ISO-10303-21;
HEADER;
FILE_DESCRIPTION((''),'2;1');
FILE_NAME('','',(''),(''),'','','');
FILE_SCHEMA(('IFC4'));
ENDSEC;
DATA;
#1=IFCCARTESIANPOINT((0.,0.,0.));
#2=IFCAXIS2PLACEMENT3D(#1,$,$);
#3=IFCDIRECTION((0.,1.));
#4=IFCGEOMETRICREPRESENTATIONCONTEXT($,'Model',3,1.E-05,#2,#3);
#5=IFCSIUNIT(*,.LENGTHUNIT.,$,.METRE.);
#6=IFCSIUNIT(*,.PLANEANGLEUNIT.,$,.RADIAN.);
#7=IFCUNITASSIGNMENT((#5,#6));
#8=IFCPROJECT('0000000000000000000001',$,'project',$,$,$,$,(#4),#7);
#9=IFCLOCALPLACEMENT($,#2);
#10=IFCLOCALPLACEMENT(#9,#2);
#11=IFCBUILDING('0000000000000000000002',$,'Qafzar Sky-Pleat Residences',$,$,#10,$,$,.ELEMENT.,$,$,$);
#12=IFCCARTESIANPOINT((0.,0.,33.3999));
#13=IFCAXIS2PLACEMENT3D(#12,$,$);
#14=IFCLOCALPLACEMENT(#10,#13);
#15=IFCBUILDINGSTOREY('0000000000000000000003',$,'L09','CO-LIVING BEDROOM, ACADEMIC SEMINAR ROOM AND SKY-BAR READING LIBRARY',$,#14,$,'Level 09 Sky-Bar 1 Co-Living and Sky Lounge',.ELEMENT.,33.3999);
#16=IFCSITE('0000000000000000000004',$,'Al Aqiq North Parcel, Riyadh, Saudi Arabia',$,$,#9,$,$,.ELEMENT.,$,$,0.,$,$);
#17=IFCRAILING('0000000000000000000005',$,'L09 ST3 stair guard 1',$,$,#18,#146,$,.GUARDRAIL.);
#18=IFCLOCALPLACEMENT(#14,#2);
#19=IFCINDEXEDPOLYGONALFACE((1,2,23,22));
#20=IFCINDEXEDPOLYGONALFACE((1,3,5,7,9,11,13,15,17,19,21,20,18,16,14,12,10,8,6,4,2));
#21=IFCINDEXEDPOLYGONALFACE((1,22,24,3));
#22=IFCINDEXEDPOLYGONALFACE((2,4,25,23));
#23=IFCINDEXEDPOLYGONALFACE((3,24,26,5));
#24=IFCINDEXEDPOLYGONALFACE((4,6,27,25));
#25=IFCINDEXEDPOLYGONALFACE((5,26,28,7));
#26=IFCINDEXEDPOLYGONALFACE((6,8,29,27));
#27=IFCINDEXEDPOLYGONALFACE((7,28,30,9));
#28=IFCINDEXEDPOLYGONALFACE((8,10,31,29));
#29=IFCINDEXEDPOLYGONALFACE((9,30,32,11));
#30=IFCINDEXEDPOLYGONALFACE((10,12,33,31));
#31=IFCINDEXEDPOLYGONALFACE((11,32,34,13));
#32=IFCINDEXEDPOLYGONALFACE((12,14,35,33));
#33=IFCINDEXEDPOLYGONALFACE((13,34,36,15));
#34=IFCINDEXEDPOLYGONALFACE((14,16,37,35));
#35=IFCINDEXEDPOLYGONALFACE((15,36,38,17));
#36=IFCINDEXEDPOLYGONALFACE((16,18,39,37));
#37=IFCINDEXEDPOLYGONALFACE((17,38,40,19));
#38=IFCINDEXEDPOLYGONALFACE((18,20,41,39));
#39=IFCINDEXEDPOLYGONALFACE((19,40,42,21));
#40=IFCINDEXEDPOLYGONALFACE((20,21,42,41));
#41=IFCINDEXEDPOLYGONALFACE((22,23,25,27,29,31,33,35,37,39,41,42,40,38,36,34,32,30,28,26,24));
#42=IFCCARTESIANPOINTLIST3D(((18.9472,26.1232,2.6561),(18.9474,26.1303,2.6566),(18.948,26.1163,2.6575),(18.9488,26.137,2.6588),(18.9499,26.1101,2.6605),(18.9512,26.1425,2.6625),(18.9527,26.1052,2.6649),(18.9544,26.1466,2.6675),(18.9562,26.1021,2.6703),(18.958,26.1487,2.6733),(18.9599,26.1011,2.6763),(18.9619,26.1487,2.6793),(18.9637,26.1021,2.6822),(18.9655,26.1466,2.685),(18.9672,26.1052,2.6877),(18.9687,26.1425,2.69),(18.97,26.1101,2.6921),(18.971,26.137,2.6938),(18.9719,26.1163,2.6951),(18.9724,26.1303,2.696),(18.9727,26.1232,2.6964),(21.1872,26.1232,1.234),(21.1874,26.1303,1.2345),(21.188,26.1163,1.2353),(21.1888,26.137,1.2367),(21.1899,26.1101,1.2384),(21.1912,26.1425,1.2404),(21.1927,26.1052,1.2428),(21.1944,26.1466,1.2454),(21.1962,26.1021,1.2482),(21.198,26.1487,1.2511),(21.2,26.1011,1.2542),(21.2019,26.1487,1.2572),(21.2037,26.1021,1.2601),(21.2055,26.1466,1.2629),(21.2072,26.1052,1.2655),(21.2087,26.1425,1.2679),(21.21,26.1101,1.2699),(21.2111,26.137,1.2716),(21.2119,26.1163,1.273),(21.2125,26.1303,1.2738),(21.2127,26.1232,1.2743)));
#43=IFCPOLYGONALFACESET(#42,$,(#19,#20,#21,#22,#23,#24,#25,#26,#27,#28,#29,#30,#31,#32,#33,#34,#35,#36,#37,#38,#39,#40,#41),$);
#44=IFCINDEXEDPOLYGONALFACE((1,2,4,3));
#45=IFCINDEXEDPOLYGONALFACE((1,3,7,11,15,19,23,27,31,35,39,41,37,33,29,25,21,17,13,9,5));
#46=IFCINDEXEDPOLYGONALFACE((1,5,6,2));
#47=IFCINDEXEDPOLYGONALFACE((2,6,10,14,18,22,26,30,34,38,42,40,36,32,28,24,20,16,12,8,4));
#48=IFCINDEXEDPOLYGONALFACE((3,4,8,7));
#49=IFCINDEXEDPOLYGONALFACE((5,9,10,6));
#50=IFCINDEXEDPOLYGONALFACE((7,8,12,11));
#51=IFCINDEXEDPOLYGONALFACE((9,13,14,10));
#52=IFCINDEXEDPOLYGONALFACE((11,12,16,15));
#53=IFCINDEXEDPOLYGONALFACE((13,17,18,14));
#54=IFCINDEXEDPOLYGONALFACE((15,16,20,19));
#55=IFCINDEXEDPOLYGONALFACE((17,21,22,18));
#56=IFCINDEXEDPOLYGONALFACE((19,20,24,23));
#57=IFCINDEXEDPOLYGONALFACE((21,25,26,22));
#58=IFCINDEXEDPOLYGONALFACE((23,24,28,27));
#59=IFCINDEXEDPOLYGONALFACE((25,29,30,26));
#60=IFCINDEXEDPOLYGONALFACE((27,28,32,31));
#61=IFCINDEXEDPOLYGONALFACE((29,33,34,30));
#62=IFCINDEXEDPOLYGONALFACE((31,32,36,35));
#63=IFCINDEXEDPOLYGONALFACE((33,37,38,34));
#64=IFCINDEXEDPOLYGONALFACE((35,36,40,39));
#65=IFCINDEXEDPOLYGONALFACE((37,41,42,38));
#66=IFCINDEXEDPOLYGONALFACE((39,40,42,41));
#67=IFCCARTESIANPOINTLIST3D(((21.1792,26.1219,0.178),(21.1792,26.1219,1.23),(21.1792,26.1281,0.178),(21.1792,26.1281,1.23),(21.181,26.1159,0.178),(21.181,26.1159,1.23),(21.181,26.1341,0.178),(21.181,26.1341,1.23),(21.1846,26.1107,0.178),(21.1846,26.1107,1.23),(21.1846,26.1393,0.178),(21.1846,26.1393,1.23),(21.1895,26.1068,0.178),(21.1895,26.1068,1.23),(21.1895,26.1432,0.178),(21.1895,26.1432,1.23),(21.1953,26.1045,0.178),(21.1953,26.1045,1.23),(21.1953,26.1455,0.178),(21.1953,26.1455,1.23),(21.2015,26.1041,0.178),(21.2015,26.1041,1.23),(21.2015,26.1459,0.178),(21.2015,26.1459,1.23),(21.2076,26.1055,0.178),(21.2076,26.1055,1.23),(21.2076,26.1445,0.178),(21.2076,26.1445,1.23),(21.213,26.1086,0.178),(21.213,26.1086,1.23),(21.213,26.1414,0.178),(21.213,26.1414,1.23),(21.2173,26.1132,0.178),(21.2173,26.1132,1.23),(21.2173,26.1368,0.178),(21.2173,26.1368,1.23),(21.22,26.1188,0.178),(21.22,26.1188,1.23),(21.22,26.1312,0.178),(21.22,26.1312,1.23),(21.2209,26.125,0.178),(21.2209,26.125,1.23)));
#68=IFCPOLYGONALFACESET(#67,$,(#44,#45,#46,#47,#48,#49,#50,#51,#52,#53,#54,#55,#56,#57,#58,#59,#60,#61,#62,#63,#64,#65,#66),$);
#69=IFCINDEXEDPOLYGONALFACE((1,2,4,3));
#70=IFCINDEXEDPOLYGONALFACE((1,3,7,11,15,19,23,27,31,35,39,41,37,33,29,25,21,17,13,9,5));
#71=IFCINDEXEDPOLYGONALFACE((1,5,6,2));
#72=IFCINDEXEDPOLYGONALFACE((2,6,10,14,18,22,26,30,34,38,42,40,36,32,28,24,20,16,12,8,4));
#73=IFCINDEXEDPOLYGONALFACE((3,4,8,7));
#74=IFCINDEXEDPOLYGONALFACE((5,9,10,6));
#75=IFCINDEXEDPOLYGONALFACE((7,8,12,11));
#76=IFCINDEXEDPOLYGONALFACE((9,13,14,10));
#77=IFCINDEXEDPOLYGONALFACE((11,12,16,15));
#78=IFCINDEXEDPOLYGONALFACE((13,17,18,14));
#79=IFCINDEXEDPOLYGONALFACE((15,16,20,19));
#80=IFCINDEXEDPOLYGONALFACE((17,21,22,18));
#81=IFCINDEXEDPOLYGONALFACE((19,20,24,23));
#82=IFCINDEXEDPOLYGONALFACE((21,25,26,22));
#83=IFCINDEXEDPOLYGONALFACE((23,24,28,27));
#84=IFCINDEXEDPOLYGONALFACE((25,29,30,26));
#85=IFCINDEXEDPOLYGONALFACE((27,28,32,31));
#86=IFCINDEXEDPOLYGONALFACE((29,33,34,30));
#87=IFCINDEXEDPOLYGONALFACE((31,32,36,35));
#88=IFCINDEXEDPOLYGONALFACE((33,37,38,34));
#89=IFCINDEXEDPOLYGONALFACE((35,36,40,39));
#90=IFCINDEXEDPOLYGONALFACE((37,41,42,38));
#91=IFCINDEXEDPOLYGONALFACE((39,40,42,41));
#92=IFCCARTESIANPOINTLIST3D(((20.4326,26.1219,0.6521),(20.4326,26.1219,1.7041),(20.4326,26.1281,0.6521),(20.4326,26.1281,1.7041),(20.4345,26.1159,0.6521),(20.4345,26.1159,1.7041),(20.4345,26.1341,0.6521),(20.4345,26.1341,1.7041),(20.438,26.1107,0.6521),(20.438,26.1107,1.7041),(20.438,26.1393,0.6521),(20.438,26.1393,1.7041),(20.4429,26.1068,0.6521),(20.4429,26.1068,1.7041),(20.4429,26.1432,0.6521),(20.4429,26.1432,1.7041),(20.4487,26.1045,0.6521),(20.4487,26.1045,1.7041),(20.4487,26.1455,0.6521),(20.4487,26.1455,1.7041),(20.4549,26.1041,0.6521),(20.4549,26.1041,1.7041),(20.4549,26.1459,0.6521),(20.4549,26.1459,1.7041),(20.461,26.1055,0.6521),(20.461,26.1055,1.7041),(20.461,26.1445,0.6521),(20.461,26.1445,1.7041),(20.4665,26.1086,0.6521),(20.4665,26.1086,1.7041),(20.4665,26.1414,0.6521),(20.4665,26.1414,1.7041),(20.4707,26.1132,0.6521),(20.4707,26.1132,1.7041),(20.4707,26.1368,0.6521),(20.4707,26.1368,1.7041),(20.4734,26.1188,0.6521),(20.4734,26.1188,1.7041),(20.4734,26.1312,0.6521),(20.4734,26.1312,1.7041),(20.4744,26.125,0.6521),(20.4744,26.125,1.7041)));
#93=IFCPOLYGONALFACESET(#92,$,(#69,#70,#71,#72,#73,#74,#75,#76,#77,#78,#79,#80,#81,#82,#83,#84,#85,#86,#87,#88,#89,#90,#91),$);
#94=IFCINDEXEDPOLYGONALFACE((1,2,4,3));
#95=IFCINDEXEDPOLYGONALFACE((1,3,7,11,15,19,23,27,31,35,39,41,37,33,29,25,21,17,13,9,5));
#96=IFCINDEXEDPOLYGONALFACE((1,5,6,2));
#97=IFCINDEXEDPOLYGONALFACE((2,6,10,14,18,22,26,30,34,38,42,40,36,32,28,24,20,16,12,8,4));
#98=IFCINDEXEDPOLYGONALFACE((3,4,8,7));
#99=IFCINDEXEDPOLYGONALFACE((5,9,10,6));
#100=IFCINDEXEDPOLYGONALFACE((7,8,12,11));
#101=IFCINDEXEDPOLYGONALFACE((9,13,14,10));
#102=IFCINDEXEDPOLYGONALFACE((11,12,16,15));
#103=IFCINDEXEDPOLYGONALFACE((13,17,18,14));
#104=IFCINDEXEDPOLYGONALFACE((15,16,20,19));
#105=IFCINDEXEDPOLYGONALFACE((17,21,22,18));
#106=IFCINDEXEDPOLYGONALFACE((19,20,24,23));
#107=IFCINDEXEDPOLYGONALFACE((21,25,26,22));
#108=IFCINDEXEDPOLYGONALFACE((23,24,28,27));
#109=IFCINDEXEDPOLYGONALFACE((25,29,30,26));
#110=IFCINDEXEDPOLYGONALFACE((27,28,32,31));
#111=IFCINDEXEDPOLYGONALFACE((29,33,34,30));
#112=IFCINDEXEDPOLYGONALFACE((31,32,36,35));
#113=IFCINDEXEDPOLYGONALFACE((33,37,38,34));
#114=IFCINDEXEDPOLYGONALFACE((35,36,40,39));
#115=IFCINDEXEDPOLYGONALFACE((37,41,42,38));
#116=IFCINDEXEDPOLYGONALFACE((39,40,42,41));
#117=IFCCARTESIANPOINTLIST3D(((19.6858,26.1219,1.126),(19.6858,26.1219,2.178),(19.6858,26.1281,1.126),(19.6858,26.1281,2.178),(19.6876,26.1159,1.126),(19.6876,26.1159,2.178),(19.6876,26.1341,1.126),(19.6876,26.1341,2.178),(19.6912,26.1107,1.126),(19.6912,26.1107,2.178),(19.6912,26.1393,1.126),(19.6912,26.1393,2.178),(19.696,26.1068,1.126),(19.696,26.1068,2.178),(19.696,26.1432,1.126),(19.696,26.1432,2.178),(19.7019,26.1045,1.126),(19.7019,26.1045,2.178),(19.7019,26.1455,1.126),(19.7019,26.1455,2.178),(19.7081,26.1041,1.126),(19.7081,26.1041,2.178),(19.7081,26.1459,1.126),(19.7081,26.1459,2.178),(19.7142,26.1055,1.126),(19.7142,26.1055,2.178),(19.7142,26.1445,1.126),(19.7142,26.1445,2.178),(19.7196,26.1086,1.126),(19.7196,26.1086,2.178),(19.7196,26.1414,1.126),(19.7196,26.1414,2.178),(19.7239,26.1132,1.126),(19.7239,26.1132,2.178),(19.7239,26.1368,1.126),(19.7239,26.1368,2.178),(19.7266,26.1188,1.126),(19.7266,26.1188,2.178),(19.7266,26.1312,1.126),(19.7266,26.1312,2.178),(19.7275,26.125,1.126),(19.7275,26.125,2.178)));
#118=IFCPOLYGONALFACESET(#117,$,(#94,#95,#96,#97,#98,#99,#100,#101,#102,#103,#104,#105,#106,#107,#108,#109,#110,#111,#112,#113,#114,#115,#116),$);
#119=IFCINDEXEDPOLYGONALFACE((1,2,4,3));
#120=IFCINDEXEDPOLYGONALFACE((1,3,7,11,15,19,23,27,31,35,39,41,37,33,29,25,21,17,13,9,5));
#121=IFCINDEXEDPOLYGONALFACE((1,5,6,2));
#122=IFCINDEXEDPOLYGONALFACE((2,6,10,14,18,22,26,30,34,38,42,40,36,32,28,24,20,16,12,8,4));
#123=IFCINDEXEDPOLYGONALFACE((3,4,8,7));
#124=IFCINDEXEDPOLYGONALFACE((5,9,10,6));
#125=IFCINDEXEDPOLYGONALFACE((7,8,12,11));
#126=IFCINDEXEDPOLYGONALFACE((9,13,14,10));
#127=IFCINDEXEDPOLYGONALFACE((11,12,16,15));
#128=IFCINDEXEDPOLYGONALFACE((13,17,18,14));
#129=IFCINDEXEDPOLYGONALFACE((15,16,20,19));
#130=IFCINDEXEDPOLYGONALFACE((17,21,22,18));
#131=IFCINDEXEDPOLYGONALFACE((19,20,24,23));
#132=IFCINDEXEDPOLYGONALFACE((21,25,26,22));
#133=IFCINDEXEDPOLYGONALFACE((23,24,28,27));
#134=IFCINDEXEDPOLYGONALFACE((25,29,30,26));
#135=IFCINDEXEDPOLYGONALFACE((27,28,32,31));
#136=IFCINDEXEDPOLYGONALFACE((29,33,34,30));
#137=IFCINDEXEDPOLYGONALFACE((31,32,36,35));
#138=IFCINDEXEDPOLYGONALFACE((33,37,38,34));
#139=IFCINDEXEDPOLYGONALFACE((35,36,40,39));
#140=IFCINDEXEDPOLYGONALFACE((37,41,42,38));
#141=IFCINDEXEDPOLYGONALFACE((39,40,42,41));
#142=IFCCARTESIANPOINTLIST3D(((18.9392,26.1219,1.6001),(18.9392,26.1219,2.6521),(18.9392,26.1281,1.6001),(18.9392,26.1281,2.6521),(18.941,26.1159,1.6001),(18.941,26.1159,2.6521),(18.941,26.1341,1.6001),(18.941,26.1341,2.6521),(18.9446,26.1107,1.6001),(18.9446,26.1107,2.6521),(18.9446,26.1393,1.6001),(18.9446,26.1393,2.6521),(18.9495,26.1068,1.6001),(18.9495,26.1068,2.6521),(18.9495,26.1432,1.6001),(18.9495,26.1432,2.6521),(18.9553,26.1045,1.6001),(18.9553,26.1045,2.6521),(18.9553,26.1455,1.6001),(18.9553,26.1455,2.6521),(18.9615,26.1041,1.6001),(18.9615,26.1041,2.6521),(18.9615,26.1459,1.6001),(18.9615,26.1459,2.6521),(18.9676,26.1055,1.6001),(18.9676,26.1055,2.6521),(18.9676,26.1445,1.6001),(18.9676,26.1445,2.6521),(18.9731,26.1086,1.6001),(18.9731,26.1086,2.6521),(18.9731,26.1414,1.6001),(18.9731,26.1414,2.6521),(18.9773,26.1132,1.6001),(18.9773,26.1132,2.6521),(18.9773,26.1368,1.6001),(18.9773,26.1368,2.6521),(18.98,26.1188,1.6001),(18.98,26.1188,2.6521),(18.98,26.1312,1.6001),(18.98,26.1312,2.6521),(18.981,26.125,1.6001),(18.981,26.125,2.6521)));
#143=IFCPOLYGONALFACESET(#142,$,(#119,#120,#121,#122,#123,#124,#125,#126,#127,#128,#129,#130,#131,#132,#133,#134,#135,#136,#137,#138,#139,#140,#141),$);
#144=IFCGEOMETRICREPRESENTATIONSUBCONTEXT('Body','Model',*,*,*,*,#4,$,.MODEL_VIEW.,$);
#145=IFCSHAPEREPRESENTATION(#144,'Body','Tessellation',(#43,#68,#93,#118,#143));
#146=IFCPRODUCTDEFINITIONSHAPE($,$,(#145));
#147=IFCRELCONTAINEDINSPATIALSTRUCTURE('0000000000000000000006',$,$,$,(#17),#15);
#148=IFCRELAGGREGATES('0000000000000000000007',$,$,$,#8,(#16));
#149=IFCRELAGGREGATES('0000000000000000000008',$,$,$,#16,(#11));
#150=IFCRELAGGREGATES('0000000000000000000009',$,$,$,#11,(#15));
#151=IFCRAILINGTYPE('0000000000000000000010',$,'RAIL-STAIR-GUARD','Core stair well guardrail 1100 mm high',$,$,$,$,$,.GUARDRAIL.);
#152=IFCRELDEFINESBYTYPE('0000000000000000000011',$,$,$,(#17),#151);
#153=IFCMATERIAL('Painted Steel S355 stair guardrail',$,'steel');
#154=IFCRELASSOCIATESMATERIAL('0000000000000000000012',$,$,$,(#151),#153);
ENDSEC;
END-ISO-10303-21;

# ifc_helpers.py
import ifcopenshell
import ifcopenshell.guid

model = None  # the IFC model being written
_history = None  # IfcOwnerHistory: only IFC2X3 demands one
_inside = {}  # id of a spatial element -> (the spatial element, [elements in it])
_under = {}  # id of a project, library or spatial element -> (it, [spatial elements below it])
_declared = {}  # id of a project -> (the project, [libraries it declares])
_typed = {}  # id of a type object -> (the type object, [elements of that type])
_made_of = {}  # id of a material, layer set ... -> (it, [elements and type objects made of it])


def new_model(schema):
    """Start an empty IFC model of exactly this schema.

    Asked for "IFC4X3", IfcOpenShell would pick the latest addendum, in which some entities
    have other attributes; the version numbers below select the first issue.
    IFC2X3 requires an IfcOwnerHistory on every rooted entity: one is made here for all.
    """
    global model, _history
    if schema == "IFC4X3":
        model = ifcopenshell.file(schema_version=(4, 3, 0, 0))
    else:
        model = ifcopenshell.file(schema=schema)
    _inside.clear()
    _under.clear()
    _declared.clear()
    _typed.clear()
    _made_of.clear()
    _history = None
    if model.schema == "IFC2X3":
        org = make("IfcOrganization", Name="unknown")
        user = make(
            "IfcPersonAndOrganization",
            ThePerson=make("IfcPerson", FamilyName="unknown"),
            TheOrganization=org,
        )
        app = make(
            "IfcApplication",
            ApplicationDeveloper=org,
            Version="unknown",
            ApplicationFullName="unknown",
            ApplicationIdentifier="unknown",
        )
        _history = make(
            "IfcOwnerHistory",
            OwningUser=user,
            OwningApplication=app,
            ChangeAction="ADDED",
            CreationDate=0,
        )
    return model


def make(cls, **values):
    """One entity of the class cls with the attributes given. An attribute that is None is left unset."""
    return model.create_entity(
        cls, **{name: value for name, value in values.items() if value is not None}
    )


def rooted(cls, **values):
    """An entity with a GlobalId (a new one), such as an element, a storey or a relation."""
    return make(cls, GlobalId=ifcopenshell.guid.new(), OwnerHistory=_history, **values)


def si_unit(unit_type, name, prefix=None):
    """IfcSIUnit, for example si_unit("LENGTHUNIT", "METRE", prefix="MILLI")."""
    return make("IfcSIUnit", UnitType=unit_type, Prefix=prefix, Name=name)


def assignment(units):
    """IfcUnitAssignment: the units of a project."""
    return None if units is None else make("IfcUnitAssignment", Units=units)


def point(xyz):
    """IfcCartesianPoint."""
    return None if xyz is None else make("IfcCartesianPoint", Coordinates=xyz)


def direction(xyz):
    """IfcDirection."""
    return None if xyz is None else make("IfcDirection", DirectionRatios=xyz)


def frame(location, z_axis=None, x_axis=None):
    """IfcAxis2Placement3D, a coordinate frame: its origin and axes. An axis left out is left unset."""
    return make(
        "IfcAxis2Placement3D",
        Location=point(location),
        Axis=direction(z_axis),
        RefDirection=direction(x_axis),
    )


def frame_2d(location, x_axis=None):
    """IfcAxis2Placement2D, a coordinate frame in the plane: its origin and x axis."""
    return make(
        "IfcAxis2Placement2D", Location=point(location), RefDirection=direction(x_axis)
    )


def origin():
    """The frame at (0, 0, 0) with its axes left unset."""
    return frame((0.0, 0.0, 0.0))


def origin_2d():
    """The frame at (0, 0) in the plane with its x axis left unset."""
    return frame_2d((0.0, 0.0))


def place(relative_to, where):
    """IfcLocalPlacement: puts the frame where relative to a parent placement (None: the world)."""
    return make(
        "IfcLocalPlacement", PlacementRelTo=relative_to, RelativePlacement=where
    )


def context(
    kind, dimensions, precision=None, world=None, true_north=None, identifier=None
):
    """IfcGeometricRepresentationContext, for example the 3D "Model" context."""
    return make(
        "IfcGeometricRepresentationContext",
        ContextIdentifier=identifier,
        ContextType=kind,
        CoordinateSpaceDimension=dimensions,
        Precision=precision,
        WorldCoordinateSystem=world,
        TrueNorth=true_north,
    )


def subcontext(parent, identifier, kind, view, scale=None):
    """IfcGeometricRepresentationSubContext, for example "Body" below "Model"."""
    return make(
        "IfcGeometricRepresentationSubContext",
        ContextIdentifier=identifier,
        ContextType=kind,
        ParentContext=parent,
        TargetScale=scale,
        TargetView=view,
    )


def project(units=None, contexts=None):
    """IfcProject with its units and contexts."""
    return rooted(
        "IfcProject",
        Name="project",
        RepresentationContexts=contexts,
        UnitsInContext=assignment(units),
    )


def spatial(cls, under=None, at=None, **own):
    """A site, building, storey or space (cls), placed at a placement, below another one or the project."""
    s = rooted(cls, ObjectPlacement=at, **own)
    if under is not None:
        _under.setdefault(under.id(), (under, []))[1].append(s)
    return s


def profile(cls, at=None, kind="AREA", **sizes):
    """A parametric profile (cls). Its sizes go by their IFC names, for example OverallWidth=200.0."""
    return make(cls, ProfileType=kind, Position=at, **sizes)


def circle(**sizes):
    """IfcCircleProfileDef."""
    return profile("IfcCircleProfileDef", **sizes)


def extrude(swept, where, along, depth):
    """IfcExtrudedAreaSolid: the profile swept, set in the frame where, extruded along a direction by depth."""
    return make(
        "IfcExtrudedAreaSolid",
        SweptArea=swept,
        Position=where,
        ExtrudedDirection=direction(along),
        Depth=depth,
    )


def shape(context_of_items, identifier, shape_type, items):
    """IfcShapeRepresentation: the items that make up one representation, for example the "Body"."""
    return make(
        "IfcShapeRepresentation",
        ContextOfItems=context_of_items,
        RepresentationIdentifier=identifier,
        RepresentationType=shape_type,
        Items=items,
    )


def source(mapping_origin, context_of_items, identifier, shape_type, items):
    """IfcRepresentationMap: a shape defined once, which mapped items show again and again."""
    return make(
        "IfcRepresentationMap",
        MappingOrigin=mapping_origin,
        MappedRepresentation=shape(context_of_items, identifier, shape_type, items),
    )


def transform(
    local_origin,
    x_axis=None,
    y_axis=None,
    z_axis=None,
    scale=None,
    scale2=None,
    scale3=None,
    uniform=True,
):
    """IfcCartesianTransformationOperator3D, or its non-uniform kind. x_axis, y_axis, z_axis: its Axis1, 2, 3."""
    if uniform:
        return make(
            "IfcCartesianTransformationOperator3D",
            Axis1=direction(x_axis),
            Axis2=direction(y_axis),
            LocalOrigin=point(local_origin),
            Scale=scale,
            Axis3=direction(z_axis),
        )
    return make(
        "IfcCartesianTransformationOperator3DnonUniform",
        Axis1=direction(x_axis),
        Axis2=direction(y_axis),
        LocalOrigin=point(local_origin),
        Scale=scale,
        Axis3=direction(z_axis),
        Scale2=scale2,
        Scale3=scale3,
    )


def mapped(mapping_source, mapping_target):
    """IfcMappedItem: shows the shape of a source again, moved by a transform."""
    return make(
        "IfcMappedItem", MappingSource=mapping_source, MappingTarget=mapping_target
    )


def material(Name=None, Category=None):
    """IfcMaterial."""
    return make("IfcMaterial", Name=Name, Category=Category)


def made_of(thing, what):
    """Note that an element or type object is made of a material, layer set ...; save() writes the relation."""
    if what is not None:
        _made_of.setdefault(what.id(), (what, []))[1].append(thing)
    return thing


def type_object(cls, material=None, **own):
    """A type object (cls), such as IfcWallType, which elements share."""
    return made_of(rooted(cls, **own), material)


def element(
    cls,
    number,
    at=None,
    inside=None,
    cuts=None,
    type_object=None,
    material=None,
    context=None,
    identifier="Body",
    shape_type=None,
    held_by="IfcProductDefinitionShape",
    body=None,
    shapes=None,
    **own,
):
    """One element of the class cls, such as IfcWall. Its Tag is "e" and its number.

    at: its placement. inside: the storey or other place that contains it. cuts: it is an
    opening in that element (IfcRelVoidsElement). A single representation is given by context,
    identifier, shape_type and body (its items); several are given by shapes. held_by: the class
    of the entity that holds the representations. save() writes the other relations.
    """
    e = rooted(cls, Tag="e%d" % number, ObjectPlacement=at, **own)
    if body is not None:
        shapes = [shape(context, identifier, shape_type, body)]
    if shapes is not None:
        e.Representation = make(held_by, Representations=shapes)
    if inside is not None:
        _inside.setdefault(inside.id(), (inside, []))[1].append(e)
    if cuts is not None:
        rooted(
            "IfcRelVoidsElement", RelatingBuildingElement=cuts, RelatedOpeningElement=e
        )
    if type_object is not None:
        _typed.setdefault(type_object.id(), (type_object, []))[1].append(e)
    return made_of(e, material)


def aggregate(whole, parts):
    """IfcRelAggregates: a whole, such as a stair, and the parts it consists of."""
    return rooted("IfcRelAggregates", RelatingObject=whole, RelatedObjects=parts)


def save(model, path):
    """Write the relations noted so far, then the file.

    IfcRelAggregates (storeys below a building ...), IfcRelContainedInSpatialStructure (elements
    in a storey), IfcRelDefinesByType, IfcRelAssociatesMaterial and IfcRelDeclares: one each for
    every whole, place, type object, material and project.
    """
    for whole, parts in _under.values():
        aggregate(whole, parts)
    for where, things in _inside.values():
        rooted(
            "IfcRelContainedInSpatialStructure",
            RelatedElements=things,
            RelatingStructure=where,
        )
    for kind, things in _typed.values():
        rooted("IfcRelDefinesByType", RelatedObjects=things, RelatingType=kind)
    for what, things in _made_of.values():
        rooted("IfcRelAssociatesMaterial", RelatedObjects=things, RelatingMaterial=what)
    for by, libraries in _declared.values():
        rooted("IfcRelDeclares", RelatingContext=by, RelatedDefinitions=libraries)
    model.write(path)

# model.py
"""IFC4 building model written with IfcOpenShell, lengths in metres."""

from ifc_helpers import new_model, si_unit, direction, frame, origin, origin_2d, place, context, subcontext, project, spatial, circle, extrude, source, transform, mapped, material, type_object, element, save


model = new_model("IFC4")

# Units and contexts
model_context = context("Model", 3, precision=1e-05, world=origin(), true_north=direction((0.0, 1.0)))
body_context = subcontext(model_context, "Body", "Model", "MODEL_VIEW")
ifc_project = project(units=[si_unit("LENGTHUNIT", "METRE"), si_unit("PLANEANGLEUNIT", "RADIAN")], contexts=[model_context])

# Site, building, storey
site_placement = place(None, origin())
site = spatial("IfcSite", under=ifc_project, at=site_placement, Name="Al Aqiq North Parcel, Riyadh, Saudi Arabia", CompositionType="ELEMENT", RefElevation=0.0)
building_placement = place(site_placement, origin())
building = spatial("IfcBuilding", under=site, at=building_placement, Name="Qafzar Sky-Pleat Residences", CompositionType="ELEMENT")
storey_placement = place(building_placement, frame((0.0, 0.0, 33.3999)))
storey = spatial("IfcBuildingStorey", under=building, at=storey_placement, Name="L09", Description="CO-LIVING BEDROOM, ACADEMIC SEMINAR ROOM AND SKY-BAR READING LIBRARY", LongName="Level 09 Sky-Bar 1 Co-Living and Sky Lounge", CompositionType="ELEMENT", Elevation=33.3999)

# Railing
ifc_material_1 = material(Name="Painted Steel S355 stair guardrail", Category="steel")
railing_type = type_object("IfcRailingType", Name="RAIL-STAIR-GUARD", Description="Core stair well guardrail 1100 mm high", PredefinedType="GUARDRAIL", material=ifc_material_1)
shared_shape_1 = source(origin(), body_context, "Body", "SweptSolid", [
    extrude(circle(Radius=0.0239, at=origin_2d()), frame((0.0, 0.0, 1.0762), z_axis=(-0.844229, 0.0, 0.535982), x_axis=(0.0, -1.0, 0.0)), (0.0, 0.0, 1.0), 2.6533),
    extrude(circle(Radius=0.021, at=origin_2d()), origin(), (0.0, 0.0, 1.0), 1.052),
    extrude(circle(Radius=0.021, at=origin_2d()), frame((-0.7466, 0.0, 0.4741)), (0.0, 0.0, 1.0), 1.052),
    extrude(circle(Radius=0.021, at=origin_2d()), frame((-1.4934, 0.0, 0.948)), (0.0, 0.0, 1.0), 1.052),
    extrude(circle(Radius=0.021, at=origin_2d()), frame((-2.24, 0.0, 1.4221)), (0.0, 0.0, 1.0), 1.052),
])
railing_1_placement = place(storey_placement, frame((21.2, 26.125, 0.178)))
element("IfcRailing", 1, at=railing_1_placement, inside=storey, type_object=railing_type, Name="L09 ST3 stair guard 1", PredefinedType="GUARDRAIL", context=body_context, shape_type="MappedRepresentation", body=[
    mapped(shared_shape_1, transform((0.0, 0.0, 0.0), x_axis=(1.0, 0.0, 0.0), y_axis=(0.0, 1.0, 0.0), z_axis=(0.0, 0.0, 1.0), scale=1.0)),
])

save(model, "model.ifc")
